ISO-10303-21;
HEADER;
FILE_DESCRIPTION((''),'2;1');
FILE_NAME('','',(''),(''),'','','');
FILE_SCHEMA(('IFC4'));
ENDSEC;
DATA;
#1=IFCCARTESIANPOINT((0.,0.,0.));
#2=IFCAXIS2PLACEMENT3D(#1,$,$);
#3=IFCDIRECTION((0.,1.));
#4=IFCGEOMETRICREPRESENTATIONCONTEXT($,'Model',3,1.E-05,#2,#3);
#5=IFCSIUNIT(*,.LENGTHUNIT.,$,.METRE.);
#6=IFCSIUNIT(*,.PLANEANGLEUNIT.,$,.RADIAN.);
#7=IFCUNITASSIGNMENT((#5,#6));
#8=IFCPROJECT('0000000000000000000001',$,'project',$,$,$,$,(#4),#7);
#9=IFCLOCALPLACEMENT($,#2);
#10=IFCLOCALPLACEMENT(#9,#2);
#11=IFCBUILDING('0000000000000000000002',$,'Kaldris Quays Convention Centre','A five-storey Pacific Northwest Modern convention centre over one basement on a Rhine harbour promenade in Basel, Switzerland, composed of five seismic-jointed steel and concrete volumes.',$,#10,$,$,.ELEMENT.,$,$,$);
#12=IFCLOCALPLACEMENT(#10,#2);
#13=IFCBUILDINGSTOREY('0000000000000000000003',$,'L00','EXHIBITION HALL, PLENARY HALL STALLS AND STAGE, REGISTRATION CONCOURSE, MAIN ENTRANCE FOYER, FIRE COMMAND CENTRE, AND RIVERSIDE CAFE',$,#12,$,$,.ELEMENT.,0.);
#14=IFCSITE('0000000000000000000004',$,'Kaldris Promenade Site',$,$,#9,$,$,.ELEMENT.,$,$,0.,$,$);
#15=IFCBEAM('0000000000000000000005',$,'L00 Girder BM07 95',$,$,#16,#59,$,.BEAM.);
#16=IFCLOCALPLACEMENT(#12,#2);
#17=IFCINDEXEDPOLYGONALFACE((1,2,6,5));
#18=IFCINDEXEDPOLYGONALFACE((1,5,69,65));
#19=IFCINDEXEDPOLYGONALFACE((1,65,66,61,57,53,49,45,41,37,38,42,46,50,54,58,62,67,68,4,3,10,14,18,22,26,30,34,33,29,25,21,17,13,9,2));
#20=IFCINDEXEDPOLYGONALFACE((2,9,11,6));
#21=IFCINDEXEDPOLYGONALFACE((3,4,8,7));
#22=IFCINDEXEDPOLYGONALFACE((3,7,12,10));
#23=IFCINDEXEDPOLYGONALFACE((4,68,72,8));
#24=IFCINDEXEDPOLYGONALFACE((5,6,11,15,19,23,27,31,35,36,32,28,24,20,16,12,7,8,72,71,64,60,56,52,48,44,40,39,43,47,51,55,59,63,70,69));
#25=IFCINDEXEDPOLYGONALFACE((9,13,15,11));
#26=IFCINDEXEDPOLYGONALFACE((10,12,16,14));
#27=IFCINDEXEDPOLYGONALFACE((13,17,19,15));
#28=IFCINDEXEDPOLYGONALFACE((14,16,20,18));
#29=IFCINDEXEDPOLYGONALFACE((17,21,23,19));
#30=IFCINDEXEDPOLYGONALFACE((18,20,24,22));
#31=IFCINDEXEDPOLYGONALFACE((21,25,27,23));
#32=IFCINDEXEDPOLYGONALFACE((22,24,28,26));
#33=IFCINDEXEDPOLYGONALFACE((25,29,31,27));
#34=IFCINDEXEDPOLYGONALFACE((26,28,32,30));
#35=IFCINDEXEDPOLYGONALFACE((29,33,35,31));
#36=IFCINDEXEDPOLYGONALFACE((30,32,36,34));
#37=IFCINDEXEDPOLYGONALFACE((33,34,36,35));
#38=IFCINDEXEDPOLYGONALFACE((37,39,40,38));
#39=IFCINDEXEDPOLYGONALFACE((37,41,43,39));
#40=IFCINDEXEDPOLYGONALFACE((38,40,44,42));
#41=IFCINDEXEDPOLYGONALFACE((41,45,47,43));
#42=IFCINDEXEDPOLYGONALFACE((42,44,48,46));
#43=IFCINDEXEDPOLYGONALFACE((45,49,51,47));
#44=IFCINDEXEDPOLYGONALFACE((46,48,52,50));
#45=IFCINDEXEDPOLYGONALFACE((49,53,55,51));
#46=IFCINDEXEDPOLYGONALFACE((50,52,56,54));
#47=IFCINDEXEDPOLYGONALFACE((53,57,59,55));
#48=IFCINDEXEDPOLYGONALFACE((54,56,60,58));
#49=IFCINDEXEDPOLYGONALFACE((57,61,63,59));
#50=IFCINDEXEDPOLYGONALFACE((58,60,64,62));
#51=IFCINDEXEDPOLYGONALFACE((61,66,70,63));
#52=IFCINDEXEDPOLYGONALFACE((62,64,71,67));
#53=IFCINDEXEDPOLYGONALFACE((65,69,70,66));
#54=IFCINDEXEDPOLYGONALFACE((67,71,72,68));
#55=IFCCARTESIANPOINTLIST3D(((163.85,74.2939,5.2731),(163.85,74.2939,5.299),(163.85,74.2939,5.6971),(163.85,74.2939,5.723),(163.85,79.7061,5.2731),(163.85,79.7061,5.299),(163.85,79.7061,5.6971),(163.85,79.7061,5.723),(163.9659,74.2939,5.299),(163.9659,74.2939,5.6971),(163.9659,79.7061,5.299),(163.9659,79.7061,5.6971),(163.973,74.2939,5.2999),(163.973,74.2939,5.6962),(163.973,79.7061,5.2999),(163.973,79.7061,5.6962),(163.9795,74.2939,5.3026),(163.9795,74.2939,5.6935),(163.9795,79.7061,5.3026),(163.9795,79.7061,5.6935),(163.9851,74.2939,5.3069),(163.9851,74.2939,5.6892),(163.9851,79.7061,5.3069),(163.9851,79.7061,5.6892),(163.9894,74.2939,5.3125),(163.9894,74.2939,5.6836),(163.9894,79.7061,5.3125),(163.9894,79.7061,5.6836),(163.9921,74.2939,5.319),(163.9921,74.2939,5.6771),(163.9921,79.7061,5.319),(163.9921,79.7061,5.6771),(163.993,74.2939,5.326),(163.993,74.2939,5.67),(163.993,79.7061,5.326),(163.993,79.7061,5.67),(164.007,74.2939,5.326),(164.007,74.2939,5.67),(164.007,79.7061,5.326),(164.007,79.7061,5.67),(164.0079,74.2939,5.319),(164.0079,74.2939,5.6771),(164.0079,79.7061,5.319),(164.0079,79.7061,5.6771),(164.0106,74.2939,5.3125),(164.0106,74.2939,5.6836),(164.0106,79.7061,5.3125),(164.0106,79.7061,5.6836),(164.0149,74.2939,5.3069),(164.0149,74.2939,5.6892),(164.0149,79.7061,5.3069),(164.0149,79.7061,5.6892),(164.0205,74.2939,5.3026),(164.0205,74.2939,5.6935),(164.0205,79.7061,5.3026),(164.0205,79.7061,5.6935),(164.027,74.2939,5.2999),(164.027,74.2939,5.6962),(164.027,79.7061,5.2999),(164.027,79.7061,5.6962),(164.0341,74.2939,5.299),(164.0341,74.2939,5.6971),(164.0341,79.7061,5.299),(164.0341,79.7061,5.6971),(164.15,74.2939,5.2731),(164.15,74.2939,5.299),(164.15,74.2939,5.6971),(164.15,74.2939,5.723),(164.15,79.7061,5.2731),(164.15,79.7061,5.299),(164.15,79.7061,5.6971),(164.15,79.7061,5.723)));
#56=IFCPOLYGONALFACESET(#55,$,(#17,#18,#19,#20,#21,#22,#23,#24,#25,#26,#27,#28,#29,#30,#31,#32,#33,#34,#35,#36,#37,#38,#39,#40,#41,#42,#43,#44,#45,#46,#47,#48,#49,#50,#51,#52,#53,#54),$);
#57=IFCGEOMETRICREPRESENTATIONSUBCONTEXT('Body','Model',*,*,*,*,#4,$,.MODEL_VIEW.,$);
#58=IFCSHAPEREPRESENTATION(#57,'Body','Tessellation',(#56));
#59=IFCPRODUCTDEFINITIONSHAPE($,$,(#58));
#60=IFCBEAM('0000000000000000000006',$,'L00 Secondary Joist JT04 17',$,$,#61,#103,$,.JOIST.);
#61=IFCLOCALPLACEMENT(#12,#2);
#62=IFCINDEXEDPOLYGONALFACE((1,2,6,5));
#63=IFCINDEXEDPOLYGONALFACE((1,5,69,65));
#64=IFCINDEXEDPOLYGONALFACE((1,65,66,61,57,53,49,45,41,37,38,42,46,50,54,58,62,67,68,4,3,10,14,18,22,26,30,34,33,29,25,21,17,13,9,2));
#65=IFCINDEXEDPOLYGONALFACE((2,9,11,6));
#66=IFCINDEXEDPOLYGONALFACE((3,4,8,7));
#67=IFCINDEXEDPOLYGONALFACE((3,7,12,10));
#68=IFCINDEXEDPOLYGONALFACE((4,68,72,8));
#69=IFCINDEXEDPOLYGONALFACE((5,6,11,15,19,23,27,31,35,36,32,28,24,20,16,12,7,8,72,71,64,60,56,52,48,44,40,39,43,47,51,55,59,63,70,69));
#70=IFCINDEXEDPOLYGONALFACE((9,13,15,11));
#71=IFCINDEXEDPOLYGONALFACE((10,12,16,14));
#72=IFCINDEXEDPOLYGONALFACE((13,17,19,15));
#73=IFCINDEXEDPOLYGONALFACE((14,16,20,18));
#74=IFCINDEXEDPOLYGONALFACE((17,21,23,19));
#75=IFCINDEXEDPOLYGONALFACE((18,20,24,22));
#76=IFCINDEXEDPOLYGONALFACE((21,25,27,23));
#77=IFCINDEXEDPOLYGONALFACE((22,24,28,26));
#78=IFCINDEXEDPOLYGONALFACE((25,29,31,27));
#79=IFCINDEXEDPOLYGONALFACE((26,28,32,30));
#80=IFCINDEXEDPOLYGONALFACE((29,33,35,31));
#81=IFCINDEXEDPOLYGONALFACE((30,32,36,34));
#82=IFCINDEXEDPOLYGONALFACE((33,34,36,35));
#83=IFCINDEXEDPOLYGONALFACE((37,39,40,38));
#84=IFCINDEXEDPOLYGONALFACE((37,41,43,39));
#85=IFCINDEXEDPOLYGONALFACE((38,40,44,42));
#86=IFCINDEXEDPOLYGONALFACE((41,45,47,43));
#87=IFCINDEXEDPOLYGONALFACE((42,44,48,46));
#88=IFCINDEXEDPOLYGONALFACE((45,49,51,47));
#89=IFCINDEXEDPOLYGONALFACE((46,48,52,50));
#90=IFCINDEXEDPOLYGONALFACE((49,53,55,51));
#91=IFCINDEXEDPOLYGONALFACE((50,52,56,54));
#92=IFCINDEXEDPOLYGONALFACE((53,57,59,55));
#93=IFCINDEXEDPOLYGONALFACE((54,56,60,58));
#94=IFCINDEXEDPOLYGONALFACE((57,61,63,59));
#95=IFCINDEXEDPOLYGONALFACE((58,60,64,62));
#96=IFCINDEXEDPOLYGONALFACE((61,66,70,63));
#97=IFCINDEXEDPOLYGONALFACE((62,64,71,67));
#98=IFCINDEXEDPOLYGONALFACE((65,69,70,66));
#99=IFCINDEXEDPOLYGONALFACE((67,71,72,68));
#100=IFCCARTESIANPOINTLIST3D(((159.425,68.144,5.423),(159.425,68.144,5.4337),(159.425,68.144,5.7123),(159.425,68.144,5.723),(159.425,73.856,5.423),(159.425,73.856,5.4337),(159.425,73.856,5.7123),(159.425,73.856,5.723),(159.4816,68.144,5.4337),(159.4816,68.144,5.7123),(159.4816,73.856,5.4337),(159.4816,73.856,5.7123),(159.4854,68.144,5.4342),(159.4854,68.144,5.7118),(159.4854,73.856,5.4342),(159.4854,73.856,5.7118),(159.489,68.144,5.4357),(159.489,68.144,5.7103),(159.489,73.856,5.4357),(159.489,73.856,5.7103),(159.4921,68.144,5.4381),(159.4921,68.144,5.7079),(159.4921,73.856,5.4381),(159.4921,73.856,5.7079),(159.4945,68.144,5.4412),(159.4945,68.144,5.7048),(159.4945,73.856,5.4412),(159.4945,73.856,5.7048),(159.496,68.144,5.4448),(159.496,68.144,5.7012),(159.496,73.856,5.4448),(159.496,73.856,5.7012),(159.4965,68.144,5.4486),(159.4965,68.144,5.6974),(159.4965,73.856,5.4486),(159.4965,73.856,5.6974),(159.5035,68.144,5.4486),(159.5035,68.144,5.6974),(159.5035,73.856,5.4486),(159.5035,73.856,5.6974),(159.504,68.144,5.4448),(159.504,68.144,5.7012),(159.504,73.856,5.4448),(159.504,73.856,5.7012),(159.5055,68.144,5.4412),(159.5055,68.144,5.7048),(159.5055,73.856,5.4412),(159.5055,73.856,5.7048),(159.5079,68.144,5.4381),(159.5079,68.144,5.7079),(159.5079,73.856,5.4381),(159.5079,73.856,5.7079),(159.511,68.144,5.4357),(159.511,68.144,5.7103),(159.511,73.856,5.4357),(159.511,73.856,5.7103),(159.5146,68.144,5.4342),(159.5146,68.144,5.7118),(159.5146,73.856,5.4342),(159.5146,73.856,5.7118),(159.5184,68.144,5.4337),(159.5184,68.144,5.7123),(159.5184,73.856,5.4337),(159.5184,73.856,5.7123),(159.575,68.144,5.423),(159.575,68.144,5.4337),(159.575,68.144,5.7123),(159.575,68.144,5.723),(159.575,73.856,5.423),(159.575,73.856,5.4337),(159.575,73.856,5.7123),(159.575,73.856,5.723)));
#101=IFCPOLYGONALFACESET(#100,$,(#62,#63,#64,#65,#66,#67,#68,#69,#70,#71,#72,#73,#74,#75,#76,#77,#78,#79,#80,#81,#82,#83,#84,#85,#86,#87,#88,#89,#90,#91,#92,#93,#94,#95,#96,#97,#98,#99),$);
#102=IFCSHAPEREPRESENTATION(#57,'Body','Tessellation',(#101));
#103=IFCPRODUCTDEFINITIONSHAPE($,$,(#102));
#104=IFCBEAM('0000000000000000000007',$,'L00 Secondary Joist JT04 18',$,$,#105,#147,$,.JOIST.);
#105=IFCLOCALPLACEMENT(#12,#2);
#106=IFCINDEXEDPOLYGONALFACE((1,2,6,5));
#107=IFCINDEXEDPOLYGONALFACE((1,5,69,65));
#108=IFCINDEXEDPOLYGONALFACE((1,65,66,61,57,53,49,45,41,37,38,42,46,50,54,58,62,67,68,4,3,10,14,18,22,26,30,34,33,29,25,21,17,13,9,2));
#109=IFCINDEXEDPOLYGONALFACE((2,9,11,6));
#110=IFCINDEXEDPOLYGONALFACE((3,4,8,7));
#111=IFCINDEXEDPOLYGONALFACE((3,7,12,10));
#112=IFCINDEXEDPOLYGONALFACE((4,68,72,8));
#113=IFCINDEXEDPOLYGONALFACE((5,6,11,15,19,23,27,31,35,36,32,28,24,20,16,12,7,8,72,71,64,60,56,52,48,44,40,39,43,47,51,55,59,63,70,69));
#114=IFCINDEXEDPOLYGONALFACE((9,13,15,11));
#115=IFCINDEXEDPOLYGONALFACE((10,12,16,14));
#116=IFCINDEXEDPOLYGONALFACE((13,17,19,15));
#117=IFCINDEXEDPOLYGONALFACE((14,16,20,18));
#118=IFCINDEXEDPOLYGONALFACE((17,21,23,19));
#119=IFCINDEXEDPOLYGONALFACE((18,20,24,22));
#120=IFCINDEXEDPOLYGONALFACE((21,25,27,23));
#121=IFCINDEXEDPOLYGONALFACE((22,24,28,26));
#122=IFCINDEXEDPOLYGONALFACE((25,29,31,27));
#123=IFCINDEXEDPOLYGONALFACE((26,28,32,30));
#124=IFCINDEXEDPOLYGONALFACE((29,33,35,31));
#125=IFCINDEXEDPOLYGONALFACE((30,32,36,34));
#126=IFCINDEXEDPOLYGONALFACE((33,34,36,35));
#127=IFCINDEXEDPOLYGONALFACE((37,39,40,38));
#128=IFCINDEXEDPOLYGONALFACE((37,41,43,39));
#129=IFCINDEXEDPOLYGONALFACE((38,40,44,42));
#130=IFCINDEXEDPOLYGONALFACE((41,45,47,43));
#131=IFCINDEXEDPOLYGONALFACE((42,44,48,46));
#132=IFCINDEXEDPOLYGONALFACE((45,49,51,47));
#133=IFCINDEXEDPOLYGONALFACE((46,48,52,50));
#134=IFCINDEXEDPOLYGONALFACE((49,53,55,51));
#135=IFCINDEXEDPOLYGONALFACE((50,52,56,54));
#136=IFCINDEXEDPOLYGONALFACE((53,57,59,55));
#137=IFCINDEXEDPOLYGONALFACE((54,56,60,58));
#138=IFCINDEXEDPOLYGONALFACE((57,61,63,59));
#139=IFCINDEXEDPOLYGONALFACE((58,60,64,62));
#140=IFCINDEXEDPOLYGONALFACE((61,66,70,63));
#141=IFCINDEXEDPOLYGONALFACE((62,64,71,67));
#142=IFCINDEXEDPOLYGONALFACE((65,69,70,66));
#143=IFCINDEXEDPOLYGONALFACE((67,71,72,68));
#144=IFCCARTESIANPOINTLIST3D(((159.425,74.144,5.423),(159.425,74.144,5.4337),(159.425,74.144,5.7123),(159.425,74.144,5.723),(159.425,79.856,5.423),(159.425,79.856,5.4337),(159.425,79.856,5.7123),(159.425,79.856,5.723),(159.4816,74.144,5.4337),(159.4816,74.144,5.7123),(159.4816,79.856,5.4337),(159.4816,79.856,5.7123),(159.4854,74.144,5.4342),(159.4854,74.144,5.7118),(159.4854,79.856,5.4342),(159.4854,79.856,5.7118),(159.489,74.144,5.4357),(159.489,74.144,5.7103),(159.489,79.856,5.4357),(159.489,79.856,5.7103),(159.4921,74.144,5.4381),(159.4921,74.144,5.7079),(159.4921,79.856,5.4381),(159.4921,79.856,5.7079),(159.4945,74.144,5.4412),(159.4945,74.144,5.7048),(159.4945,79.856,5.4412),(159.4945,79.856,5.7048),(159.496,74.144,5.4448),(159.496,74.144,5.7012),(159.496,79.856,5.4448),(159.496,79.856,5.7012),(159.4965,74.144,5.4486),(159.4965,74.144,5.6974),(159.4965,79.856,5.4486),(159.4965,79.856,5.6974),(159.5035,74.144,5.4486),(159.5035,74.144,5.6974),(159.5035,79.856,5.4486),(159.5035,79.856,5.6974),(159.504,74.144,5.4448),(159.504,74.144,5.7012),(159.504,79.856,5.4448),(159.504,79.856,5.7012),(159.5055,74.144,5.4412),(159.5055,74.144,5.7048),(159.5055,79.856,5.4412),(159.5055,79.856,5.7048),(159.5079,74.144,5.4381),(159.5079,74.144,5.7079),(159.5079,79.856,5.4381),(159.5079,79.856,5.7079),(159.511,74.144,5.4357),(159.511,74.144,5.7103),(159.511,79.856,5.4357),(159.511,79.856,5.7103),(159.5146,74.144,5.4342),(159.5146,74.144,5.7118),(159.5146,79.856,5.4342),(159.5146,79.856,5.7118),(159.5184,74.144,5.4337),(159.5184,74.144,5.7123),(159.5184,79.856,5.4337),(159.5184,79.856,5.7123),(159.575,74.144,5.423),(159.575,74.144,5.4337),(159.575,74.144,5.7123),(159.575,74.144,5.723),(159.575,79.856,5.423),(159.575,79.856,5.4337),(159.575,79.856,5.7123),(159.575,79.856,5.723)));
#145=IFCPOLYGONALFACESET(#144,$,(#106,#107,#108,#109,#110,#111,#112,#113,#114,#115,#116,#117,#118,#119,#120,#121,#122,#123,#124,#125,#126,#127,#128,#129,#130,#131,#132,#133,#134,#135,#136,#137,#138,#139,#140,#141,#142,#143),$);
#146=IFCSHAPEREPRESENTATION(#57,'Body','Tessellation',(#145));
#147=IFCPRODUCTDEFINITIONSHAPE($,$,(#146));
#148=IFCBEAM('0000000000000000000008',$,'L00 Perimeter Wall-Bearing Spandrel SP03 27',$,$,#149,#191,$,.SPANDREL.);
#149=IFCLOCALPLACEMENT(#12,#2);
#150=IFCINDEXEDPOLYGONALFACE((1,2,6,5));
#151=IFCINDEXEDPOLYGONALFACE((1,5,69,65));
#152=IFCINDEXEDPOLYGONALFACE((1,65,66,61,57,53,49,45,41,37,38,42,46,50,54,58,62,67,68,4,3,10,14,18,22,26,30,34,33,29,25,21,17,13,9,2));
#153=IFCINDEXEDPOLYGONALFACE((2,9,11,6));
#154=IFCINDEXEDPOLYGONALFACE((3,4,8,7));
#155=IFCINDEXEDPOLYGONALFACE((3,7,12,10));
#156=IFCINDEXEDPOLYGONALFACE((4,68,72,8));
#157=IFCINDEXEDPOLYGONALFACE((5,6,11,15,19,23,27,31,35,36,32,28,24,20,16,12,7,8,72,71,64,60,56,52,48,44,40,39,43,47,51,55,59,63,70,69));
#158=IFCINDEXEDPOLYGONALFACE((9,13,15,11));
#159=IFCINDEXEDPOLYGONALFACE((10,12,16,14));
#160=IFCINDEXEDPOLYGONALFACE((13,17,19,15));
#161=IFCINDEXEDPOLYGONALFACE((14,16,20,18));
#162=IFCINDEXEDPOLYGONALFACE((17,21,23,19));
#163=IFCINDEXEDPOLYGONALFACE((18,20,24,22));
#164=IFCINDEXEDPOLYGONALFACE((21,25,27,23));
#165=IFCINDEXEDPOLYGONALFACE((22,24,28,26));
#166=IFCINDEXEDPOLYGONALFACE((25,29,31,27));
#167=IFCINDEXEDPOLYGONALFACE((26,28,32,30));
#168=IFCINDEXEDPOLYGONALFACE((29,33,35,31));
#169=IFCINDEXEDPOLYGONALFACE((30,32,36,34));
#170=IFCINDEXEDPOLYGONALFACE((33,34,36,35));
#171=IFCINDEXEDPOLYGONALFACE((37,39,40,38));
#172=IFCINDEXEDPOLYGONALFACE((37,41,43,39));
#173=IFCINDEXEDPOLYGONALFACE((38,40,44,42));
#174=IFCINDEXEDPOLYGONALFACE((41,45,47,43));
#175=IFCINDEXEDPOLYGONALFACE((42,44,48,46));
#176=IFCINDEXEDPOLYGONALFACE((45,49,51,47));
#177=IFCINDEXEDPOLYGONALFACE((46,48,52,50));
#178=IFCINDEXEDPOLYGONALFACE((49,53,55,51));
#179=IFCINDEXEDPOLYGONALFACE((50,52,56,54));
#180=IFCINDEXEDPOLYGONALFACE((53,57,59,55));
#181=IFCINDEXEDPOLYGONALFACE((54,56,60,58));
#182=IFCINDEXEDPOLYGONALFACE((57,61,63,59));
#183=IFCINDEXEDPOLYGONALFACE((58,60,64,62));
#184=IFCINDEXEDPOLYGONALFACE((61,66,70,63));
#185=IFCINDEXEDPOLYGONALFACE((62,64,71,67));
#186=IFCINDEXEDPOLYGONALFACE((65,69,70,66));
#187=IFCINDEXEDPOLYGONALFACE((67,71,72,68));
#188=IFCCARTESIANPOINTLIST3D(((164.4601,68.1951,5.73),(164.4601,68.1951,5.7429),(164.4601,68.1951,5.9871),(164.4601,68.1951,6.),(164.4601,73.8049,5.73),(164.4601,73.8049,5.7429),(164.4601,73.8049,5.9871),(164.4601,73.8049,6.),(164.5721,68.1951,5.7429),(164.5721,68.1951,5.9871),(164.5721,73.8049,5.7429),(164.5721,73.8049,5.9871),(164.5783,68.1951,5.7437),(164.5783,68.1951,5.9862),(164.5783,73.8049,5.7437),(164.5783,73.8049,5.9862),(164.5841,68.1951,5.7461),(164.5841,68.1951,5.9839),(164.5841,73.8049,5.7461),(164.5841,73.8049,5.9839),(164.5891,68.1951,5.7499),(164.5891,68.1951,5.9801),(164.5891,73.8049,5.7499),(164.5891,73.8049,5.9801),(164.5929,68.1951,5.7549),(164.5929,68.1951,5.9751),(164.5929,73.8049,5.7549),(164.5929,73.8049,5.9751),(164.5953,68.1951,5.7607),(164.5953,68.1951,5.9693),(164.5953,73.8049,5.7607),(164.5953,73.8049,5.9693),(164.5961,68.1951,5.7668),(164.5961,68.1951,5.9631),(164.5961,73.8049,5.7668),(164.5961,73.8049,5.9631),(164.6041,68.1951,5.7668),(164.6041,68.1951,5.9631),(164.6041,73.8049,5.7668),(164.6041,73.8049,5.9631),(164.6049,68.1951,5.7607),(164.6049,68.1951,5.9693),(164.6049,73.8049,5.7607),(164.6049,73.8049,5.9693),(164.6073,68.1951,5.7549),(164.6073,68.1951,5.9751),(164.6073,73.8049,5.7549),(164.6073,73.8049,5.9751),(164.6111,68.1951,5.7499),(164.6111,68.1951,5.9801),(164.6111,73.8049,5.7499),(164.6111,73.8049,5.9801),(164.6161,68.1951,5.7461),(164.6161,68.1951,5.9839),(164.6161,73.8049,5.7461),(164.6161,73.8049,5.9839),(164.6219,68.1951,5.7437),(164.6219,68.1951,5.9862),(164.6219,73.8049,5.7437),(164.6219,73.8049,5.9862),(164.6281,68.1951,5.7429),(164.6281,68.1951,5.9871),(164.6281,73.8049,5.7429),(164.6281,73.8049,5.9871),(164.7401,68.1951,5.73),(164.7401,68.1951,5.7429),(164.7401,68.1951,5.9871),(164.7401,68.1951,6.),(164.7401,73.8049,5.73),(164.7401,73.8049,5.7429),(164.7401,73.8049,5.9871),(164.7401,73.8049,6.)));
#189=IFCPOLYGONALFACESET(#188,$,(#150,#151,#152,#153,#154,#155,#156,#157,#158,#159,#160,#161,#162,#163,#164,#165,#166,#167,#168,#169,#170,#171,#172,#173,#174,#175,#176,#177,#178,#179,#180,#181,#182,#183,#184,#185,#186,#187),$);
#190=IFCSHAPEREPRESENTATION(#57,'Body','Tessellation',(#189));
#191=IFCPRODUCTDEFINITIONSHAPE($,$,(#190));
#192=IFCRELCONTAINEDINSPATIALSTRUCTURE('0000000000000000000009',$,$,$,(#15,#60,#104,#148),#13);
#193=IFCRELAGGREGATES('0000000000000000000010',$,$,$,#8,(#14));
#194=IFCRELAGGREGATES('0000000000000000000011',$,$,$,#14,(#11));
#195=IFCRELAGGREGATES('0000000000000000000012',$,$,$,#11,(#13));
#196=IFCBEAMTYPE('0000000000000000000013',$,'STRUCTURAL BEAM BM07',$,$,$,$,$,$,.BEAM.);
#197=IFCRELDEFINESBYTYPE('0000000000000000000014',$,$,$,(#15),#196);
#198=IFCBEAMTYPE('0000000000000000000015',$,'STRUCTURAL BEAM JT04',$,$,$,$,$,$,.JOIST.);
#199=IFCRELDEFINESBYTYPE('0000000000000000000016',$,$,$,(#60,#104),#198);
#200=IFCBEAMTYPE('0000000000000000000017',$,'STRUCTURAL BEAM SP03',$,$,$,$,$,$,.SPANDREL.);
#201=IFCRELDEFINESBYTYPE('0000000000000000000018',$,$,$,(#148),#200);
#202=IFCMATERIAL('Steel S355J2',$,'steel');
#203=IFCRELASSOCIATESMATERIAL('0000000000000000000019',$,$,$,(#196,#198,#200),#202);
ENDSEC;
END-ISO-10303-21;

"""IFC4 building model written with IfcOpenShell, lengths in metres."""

from ifc_helpers import new_model, si_unit, direction, frame, origin, origin_2d, place, context, subcontext, project, spatial, i_section, extrude, material, material_profile, profile_set, type_object, element, save


model = new_model("IFC4")

# Units and contexts
model_context = context("Model", 3, precision=1e-05, world=origin(), true_north=direction((0.0, 1.0)))
body_context = subcontext(model_context, "Body", "Model", "MODEL_VIEW")
ifc_project = project(units=[si_unit("LENGTHUNIT", "METRE"), si_unit("PLANEANGLEUNIT", "RADIAN")], contexts=[model_context])

# Site, building, storey
site_placement = place(None, origin())
site = spatial("IfcSite", under=ifc_project, at=site_placement, Name="Kaldris Promenade Site", CompositionType="ELEMENT", RefElevation=0.0)
building_placement = place(site_placement, origin())
building = spatial("IfcBuilding", under=site, at=building_placement, Name="Kaldris Quays Convention Centre", Description="A five-storey Pacific Northwest Modern convention centre over one basement on a Rhine harbour promenade in Basel, Switzerland, composed of five seismic-jointed steel and concrete volumes.", CompositionType="ELEMENT")
storey_placement = place(building_placement, origin())
storey = spatial("IfcBuildingStorey", under=building, at=storey_placement, Name="L00", Description="EXHIBITION HALL, PLENARY HALL STALLS AND STAGE, REGISTRATION CONCOURSE, MAIN ENTRANCE FOYER, FIRE COMMAND CENTRE, AND RIVERSIDE CAFE", CompositionType="ELEMENT", Elevation=0.0)

# Shared definitions
ifc_material_1 = material(Name="Steel S355J2", Category="steel")

# Beams
ifc_material_profile_1 = material_profile(ifc_material_1, i_section(OverallWidth=0.3, OverallDepth=0.45, WebThickness=0.0139, FlangeThickness=0.0259, FilletRadius=0.0271, at=origin_2d()), Name="HEB 450")
ifc_profile_set_1 = profile_set([ifc_material_profile_1], Name="Steel S355J2")
beam_type_1 = type_object("IfcBeamType", Name="STRUCTURAL BEAM BM07", PredefinedType="BEAM", material=ifc_profile_set_1)
for number, where, z_axis, x_axis, name in (
    (1, (164.0, 74.2939, 5.498), (0.0, 1.0, 0.0), (-1.0, 0.0, 0.0), "L00 Girder BM07 95"),
):
    element("IfcBeam", number, at=place(storey_placement, frame(where, z_axis=z_axis, x_axis=x_axis)), inside=storey, type_object=beam_type_1, Name=name, PredefinedType="BEAM", context=body_context, shape_type="SweptSolid", body=[
        extrude(i_section(OverallWidth=0.3, OverallDepth=0.45, WebThickness=0.0139, FlangeThickness=0.0259, FilletRadius=0.0271, at=origin_2d()), origin(), (0.0, 0.0, 1.0), 5.4121),
    ])
ifc_material_profile_2 = material_profile(ifc_material_1, i_section(OverallWidth=0.1499, OverallDepth=0.3, WebThickness=0.0071, FlangeThickness=0.0107, FilletRadius=0.0149, at=origin_2d()), Name="IPE 300")
ifc_profile_set_2 = profile_set([ifc_material_profile_2], Name="Steel S355J2")
beam_type_2 = type_object("IfcBeamType", Name="STRUCTURAL BEAM JT04", PredefinedType="JOIST", material=ifc_profile_set_2)
for number, where, z_axis, x_axis, name in (
    (2, (159.5, 68.144, 5.573), (0.0, 1.0, 0.0), (-1.0, 0.0, 0.0), "L00 Secondary Joist JT04 17"),
    (3, (159.5, 74.144, 5.573), (0.0, 1.0, 0.0), (-1.0, 0.0, 0.0), "L00 Secondary Joist JT04 18"),
):
    element("IfcBeam", number, at=place(storey_placement, frame(where, z_axis=z_axis, x_axis=x_axis)), inside=storey, type_object=beam_type_2, Name=name, PredefinedType="JOIST", context=body_context, shape_type="SweptSolid", body=[
        extrude(i_section(OverallWidth=0.1499, OverallDepth=0.3, WebThickness=0.0071, FlangeThickness=0.0107, FilletRadius=0.0149, at=origin_2d()), origin(), (0.0, 0.0, 1.0), 5.7119),
    ])
ifc_material_profile_3 = material_profile(ifc_material_1, i_section(OverallWidth=0.28, OverallDepth=0.27, WebThickness=0.0081, FlangeThickness=0.0129, FilletRadius=0.0239, at=origin_2d()), Name="HEA 280")
ifc_profile_set_3 = profile_set([ifc_material_profile_3], Name="Steel S355J2")
beam_type_3 = type_object("IfcBeamType", Name="STRUCTURAL BEAM SP03", PredefinedType="SPANDREL", material=ifc_profile_set_3)
beam_1_placement = place(storey_placement, frame((164.6001, 68.1951, 5.865), z_axis=(0.0, 1.0, 0.0), x_axis=(-1.0, 0.0, 0.0)))
element("IfcBeam", 4, at=beam_1_placement, inside=storey, type_object=beam_type_3, Name="L00 Perimeter Wall-Bearing Spandrel SP03 27", PredefinedType="SPANDREL", context=body_context, shape_type="SweptSolid", body=[
    extrude(i_section(OverallWidth=0.28, OverallDepth=0.27, WebThickness=0.0081, FlangeThickness=0.0129, FilletRadius=0.0239, at=origin_2d()), origin(), (0.0, 0.0, 1.0), 5.6099),
])

save(model, "model.ifc")
